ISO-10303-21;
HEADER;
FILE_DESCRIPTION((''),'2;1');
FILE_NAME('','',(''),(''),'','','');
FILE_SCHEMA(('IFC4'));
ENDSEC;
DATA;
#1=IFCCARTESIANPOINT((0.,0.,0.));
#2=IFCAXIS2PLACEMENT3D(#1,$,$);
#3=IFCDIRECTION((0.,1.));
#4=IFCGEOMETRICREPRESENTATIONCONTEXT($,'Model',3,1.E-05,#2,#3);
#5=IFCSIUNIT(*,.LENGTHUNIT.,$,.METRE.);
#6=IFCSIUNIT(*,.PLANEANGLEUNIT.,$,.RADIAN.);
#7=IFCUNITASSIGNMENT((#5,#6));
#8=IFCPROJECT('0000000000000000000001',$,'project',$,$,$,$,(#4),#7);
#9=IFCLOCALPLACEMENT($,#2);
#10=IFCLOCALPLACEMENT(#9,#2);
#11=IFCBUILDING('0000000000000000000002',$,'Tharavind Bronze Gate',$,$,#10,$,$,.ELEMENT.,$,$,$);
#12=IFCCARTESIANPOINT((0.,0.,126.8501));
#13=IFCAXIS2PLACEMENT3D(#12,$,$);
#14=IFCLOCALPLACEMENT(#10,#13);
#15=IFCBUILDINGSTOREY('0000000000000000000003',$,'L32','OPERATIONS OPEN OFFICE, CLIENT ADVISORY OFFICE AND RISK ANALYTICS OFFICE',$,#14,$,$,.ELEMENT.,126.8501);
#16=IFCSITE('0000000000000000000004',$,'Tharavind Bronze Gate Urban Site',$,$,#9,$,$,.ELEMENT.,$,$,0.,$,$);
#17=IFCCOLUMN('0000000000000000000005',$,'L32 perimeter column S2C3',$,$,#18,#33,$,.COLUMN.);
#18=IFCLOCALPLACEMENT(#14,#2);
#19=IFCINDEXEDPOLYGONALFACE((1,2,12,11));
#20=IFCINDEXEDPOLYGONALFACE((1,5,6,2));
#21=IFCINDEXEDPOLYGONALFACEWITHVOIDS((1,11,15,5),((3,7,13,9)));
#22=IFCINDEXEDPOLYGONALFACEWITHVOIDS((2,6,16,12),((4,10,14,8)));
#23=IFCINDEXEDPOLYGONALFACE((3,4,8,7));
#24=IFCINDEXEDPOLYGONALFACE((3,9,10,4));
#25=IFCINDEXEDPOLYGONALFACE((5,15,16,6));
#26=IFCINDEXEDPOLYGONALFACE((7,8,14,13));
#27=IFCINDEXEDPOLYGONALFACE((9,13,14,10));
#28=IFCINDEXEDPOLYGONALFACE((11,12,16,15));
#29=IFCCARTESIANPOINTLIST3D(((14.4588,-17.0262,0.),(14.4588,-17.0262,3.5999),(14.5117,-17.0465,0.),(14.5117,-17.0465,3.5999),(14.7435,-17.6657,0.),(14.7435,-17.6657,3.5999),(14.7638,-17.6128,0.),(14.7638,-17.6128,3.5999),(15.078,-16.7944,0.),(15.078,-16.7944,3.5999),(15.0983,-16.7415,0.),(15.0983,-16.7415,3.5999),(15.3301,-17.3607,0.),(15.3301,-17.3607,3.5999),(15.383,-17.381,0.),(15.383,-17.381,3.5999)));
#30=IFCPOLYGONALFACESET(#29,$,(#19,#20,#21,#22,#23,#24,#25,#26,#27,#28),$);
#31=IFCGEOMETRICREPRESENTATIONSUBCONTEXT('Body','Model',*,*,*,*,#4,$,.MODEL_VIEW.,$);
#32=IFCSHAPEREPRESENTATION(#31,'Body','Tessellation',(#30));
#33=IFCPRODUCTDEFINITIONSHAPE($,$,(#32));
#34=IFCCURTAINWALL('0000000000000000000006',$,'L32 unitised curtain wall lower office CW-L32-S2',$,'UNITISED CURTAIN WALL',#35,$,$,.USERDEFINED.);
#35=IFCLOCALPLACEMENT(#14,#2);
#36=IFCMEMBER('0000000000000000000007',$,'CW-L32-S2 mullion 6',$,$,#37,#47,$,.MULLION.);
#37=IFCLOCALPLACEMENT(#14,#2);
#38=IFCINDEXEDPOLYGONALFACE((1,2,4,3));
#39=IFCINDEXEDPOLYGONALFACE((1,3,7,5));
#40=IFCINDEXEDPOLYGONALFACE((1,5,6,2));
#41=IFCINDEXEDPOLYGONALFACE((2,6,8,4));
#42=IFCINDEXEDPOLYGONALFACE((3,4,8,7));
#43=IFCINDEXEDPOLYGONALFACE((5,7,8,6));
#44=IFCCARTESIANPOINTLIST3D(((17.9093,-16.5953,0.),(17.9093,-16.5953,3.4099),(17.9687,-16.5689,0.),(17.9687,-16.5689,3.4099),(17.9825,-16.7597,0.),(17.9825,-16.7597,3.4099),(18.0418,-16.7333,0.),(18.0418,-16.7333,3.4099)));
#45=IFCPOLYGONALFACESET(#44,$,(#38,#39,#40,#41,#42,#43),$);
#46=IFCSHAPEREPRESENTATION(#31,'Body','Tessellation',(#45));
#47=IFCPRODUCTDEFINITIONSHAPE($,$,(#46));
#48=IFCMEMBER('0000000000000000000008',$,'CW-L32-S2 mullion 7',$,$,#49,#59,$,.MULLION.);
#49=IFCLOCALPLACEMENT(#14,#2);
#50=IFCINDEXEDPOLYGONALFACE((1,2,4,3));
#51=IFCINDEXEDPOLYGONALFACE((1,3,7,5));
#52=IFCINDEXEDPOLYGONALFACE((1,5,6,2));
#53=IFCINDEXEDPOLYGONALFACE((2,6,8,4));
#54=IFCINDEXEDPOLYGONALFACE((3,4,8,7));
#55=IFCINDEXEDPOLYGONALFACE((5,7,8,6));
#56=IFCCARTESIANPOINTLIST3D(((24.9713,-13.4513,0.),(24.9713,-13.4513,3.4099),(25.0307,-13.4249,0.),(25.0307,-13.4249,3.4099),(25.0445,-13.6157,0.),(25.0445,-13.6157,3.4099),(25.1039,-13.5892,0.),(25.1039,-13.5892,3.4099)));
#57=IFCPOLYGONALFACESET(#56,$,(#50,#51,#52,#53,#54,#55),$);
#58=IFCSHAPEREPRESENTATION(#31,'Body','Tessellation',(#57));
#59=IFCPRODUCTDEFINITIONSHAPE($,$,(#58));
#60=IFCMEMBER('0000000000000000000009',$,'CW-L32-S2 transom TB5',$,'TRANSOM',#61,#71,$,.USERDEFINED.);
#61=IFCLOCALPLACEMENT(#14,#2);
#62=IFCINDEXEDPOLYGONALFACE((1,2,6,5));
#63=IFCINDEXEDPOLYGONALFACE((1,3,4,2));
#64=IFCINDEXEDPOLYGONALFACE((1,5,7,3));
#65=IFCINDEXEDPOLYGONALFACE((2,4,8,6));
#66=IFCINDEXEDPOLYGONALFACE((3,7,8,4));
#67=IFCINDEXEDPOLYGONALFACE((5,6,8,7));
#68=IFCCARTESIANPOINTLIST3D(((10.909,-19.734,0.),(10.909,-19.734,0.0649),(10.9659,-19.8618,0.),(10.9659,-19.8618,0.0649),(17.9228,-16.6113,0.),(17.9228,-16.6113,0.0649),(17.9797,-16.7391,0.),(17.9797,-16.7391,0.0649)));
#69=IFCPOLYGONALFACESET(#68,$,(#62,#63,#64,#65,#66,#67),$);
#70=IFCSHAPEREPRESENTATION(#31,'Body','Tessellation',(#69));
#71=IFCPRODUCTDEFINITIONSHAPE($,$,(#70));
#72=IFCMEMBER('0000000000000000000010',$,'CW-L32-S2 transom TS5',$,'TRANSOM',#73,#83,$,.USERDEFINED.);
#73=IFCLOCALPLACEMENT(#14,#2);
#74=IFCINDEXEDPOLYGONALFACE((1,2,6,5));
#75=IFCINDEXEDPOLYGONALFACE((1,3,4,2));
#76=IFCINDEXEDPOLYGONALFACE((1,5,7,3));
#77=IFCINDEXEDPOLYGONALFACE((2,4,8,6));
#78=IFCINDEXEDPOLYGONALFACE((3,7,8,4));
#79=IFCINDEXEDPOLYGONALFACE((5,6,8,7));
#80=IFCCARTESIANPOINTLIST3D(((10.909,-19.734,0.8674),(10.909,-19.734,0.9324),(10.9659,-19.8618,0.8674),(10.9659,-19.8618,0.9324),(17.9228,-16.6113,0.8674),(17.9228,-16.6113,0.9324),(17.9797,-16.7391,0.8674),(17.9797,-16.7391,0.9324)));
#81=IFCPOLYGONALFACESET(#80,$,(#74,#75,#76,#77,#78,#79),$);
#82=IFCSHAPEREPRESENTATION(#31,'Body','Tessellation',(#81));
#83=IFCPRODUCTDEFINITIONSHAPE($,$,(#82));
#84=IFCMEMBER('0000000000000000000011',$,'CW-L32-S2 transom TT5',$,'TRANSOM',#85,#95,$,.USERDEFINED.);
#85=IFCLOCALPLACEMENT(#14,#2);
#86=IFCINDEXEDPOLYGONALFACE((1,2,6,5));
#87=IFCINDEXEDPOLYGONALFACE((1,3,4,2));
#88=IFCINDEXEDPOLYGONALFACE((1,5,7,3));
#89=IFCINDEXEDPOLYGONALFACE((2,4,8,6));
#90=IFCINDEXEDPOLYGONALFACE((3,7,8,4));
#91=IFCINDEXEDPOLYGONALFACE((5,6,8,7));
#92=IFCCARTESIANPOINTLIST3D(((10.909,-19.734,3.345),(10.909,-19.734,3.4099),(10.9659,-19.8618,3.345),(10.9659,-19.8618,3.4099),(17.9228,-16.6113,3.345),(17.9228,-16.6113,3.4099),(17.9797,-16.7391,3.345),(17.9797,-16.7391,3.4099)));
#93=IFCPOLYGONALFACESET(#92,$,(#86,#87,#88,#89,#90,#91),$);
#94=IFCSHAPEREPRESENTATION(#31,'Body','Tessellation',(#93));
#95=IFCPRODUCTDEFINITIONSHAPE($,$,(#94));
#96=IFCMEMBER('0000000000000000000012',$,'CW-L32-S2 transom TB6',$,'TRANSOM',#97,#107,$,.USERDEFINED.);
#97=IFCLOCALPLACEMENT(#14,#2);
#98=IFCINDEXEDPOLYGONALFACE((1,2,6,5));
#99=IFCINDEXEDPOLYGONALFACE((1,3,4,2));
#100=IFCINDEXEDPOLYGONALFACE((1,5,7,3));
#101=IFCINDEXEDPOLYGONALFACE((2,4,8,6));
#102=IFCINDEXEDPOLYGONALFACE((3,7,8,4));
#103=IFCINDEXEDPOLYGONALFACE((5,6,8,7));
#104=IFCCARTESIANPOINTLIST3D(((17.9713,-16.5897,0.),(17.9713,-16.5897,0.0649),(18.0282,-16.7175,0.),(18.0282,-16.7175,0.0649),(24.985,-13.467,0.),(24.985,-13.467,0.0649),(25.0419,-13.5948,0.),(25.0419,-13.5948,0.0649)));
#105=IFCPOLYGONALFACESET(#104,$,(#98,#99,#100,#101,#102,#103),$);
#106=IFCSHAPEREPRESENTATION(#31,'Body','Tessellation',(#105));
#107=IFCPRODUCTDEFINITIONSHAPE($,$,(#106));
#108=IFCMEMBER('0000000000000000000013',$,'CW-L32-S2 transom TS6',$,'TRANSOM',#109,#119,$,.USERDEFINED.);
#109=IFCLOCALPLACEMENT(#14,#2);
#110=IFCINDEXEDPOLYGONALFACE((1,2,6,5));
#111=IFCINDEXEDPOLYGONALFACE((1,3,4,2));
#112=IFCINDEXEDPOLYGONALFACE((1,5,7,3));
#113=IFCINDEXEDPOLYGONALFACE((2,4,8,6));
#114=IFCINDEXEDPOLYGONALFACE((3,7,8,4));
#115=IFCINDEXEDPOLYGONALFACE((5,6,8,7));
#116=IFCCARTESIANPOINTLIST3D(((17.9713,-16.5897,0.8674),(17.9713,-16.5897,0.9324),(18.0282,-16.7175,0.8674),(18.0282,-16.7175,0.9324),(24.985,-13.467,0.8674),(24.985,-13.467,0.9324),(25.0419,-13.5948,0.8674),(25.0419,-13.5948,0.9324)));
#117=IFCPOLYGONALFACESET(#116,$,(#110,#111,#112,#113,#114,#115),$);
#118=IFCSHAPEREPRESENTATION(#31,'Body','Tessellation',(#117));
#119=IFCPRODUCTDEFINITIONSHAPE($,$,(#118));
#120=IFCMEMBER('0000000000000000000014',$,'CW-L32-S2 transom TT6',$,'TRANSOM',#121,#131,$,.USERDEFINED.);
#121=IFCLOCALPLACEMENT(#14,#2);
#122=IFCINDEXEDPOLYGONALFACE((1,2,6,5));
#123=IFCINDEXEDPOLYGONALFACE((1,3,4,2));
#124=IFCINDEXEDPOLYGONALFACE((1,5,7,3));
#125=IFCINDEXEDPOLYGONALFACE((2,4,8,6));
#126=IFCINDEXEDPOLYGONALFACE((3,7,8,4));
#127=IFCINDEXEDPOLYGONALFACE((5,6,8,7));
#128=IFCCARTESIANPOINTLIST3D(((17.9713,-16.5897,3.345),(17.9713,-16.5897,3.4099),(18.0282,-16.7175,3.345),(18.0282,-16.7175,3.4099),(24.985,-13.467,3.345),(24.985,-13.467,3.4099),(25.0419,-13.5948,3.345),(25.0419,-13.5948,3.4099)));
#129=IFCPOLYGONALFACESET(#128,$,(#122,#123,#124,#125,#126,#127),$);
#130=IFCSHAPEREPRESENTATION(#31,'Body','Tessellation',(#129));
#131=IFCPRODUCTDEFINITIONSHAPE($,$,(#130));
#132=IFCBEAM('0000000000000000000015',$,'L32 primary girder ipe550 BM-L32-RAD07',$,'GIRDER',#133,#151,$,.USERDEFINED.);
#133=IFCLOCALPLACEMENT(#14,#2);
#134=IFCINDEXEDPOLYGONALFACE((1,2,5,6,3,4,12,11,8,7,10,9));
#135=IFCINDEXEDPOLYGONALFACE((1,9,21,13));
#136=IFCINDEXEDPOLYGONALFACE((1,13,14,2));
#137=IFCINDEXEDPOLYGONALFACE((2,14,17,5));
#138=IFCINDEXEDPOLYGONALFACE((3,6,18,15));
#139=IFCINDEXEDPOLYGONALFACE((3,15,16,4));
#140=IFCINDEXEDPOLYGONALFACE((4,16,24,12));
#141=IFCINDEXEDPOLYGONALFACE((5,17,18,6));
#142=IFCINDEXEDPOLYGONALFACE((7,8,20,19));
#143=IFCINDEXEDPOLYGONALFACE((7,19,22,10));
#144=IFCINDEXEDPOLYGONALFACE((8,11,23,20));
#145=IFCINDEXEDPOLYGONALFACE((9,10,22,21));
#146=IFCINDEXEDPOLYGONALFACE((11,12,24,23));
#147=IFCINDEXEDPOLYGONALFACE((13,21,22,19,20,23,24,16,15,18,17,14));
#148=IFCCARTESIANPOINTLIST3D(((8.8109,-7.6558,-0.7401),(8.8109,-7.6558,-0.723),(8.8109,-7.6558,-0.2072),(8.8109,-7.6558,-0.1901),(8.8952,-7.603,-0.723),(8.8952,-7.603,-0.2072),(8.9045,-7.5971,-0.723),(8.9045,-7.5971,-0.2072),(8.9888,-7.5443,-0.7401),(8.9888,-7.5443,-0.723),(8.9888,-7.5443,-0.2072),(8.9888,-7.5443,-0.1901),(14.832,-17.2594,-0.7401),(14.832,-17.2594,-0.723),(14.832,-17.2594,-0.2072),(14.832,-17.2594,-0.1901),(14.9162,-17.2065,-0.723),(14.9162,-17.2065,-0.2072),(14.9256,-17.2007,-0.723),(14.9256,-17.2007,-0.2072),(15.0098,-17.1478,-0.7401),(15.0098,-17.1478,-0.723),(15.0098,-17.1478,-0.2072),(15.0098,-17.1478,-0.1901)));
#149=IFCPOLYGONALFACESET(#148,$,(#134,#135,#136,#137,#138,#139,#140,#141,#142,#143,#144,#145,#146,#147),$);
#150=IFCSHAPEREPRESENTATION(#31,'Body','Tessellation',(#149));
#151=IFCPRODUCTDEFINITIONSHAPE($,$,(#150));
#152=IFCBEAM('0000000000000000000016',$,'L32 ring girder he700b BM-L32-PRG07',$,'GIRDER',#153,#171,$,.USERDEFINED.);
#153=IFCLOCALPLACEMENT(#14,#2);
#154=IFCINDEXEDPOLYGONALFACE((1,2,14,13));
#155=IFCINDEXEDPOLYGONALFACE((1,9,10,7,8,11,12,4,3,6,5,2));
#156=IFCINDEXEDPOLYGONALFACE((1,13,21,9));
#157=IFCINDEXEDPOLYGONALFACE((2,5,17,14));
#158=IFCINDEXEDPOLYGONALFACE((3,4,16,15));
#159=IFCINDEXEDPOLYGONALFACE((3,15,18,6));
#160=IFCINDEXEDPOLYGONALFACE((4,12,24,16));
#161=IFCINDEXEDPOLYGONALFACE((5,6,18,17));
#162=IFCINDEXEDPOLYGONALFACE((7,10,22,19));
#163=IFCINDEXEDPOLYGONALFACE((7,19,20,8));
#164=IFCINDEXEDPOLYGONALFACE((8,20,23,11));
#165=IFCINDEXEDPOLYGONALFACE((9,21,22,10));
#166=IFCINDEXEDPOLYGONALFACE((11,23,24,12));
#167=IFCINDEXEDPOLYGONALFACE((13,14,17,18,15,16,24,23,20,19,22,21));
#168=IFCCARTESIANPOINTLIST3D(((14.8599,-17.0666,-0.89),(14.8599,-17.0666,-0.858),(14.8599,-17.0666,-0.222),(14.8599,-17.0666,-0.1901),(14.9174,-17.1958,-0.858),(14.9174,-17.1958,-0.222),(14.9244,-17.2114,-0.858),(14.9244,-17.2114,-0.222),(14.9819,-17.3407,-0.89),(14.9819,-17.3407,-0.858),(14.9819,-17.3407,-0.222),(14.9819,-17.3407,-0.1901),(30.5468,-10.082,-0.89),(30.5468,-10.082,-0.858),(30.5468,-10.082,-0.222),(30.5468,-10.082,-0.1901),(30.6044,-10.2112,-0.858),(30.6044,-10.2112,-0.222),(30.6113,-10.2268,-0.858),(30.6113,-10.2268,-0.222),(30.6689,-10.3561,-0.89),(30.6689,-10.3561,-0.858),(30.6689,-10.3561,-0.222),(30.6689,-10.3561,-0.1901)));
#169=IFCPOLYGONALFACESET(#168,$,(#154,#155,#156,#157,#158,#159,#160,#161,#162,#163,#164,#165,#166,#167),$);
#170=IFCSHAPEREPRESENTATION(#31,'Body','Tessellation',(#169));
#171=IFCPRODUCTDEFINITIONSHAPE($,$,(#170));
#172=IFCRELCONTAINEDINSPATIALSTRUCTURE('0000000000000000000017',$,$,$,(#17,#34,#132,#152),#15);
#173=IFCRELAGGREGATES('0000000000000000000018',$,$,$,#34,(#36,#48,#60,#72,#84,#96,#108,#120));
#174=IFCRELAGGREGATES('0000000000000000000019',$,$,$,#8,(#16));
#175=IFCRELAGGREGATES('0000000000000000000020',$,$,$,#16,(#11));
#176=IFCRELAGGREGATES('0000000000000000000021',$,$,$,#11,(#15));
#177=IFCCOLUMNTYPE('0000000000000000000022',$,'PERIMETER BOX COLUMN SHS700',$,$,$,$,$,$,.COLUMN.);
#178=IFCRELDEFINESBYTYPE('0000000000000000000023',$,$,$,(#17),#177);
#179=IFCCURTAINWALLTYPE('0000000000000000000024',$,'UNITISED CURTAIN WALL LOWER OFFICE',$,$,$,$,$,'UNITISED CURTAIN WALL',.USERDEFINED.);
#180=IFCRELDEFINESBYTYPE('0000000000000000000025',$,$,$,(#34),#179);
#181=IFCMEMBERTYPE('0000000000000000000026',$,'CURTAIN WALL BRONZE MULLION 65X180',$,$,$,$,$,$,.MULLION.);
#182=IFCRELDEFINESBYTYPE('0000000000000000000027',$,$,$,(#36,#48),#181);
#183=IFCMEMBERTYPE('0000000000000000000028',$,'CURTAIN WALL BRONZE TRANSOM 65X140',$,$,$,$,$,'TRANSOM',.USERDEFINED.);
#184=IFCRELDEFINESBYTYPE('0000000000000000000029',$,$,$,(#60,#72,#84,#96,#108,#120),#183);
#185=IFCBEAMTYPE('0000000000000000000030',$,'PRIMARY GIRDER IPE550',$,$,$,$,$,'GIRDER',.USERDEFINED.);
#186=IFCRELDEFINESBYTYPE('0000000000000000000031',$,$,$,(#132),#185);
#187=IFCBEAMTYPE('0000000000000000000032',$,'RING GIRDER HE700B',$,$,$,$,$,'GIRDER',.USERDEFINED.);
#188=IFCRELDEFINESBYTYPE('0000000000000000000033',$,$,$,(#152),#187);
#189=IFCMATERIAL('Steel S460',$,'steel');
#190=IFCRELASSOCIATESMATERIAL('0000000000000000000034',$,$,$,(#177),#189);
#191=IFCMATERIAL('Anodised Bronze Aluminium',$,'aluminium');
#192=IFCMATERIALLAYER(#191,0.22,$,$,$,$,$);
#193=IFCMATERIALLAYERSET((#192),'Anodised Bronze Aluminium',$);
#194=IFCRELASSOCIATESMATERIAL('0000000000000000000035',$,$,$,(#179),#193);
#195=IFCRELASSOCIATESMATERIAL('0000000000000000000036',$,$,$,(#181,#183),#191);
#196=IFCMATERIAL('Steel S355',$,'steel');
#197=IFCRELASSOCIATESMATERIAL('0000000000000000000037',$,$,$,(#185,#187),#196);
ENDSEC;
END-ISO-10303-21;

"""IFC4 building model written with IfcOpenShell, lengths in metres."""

from ifc_helpers import new_model, si_unit, direction, frame, origin, origin_2d, place, context, subcontext, project, spatial, rectangle, hollow_rectangle, i_section, extrude, material, layer, layer_set, material_profile, profile_set, type_object, element, aggregate, save


model = new_model("IFC4")

# Units and contexts
model_context = context("Model", 3, precision=1e-05, world=origin(), true_north=direction((0.0, 1.0)))
body_context = subcontext(model_context, "Body", "Model", "MODEL_VIEW")
ifc_project = project(units=[si_unit("LENGTHUNIT", "METRE"), si_unit("PLANEANGLEUNIT", "RADIAN")], contexts=[model_context])

# Site, building, storey
site_placement = place(None, origin())
site = spatial("IfcSite", under=ifc_project, at=site_placement, Name="Tharavind Bronze Gate Urban Site", CompositionType="ELEMENT", RefElevation=0.0)
building_placement = place(site_placement, origin())
building = spatial("IfcBuilding", under=site, at=building_placement, Name="Tharavind Bronze Gate", CompositionType="ELEMENT")
storey_placement = place(building_placement, frame((0.0, 0.0, 126.8501)))
storey = spatial("IfcBuildingStorey", under=building, at=storey_placement, Name="L32", Description="OPERATIONS OPEN OFFICE, CLIENT ADVISORY OFFICE AND RISK ANALYTICS OFFICE", CompositionType="ELEMENT", Elevation=126.8501)

# Column
ifc_material_1 = material(Name="Steel S460", Category="steel")
ifc_material_profile_1 = material_profile(ifc_material_1, hollow_rectangle(XDim=0.7, YDim=0.7, WallThickness=0.04, at=origin_2d()), Name="SHS700X40")
ifc_profile_set_1 = profile_set([ifc_material_profile_1], Name="Steel S460")
column_type = type_object("IfcColumnType", Name="PERIMETER BOX COLUMN SHS700", PredefinedType="COLUMN", material=ifc_profile_set_1)
column_placement = place(storey_placement, frame((14.9209, -17.2036, 0.0), z_axis=(0.0, 0.0, 1.0), x_axis=(0.913545, 0.406737, 0.0)))
element("IfcColumn", 1, at=column_placement, inside=storey, type_object=column_type, Name="L32 perimeter column S2C3", PredefinedType="COLUMN", context=body_context, shape_type="SweptSolid", body=[
    extrude(hollow_rectangle(XDim=0.7, YDim=0.7, WallThickness=0.04, at=origin_2d()), origin(), (0.0, 0.0, 1.0), 3.5999),
])

# Curtain wall, members
ifc_material_2 = material(Name="Anodised Bronze Aluminium", Category="aluminium")
ifc_layer_1 = layer(ifc_material_2, 0.22)
ifc_layer_set_1 = layer_set([ifc_layer_1], Name="Anodised Bronze Aluminium")
curtain_wall_type = type_object("IfcCurtainWallType", Name="UNITISED CURTAIN WALL LOWER OFFICE", ElementType="UNITISED CURTAIN WALL", PredefinedType="USERDEFINED", material=ifc_layer_set_1)
curtain_wall_placement = place(storey_placement, origin())
curtain_wall = element("IfcCurtainWall", 2, at=curtain_wall_placement, inside=storey, type_object=curtain_wall_type, Name="L32 unitised curtain wall lower office CW-L32-S2", ObjectType="UNITISED CURTAIN WALL", PredefinedType="USERDEFINED")
member_type_1 = type_object("IfcMemberType", Name="CURTAIN WALL BRONZE MULLION 65X180", PredefinedType="MULLION", material=ifc_material_2)
member_1_placement = place(storey_placement, frame((17.9756, -16.6643, 0.0), z_axis=(0.0, 0.0, 1.0), x_axis=(0.913545, 0.406737, 0.0)))
member_1 = element("IfcMember", 3, at=member_1_placement, type_object=member_type_1, Name="CW-L32-S2 mullion 6", PredefinedType="MULLION", context=body_context, shape_type="SweptSolid", body=[
    extrude(rectangle(XDim=0.0649, YDim=0.1799, at=origin_2d()), origin(), (0.0, 0.0, 1.0), 3.4099),
])
member_2_placement = place(storey_placement, frame((25.0376, -13.5203, 0.0), z_axis=(0.0, 0.0, 1.0), x_axis=(0.913545, 0.406737, 0.0)))
member_2 = element("IfcMember", 4, at=member_2_placement, type_object=member_type_1, Name="CW-L32-S2 mullion 7", PredefinedType="MULLION", context=body_context, shape_type="SweptSolid", body=[
    extrude(rectangle(XDim=0.0649, YDim=0.1799, at=origin_2d()), origin(), (0.0, 0.0, 1.0), 3.4099),
])
member_type_2 = type_object("IfcMemberType", Name="CURTAIN WALL BRONZE TRANSOM 65X140", ElementType="TRANSOM", PredefinedType="USERDEFINED", material=ifc_material_2)
member_3_placement = place(storey_placement, frame((14.4443, -18.2366, 0.0), z_axis=(0.0, 0.0, 1.0), x_axis=(0.913545, 0.406737, 0.0)))
member_3 = element("IfcMember", 5, at=member_3_placement, type_object=member_type_2, Name="CW-L32-S2 transom TB5", ObjectType="TRANSOM", PredefinedType="USERDEFINED", context=body_context, shape_type="SweptSolid", body=[
    extrude(rectangle(XDim=7.6775, YDim=0.1399, at=origin_2d()), origin(), (0.0, 0.0, 1.0), 0.0649),
])
member_4_placement = place(storey_placement, frame((14.4443, -18.2366, 0.8674), z_axis=(0.0, 0.0, 1.0), x_axis=(0.913545, 0.406737, 0.0)))
member_4 = element("IfcMember", 6, at=member_4_placement, type_object=member_type_2, Name="CW-L32-S2 transom TS5", ObjectType="TRANSOM", PredefinedType="USERDEFINED", context=body_context, shape_type="SweptSolid", body=[
    extrude(rectangle(XDim=7.6775, YDim=0.1399, at=origin_2d()), origin(), (0.0, 0.0, 1.0), 0.0649),
])
member_5_placement = place(storey_placement, frame((14.4443, -18.2366, 3.345), z_axis=(0.0, 0.0, 1.0), x_axis=(0.913545, 0.406737, 0.0)))
member_5 = element("IfcMember", 7, at=member_5_placement, type_object=member_type_2, Name="CW-L32-S2 transom TT5", ObjectType="TRANSOM", PredefinedType="USERDEFINED", context=body_context, shape_type="SweptSolid", body=[
    extrude(rectangle(XDim=7.6775, YDim=0.1399, at=origin_2d()), origin(), (0.0, 0.0, 1.0), 0.0649),
])
member_6_placement = place(storey_placement, frame((21.5066, -15.0923, 0.0), z_axis=(0.0, 0.0, 1.0), x_axis=(0.913545, 0.406737, 0.0)))
member_6 = element("IfcMember", 8, at=member_6_placement, type_object=member_type_2, Name="CW-L32-S2 transom TB6", ObjectType="TRANSOM", PredefinedType="USERDEFINED", context=body_context, shape_type="SweptSolid", body=[
    extrude(rectangle(XDim=7.6775, YDim=0.1399, at=origin_2d()), origin(), (0.0, 0.0, 1.0), 0.0649),
])
member_7_placement = place(storey_placement, frame((21.5066, -15.0923, 0.8674), z_axis=(0.0, 0.0, 1.0), x_axis=(0.913545, 0.406737, 0.0)))
member_7 = element("IfcMember", 9, at=member_7_placement, type_object=member_type_2, Name="CW-L32-S2 transom TS6", ObjectType="TRANSOM", PredefinedType="USERDEFINED", context=body_context, shape_type="SweptSolid", body=[
    extrude(rectangle(XDim=7.6775, YDim=0.1399, at=origin_2d()), origin(), (0.0, 0.0, 1.0), 0.0649),
])
member_8_placement = place(storey_placement, frame((21.5066, -15.0923, 3.345), z_axis=(0.0, 0.0, 1.0), x_axis=(0.913545, 0.406737, 0.0)))
member_8 = element("IfcMember", 10, at=member_8_placement, type_object=member_type_2, Name="CW-L32-S2 transom TT6", ObjectType="TRANSOM", PredefinedType="USERDEFINED", context=body_context, shape_type="SweptSolid", body=[
    extrude(rectangle(XDim=7.6775, YDim=0.1399, at=origin_2d()), origin(), (0.0, 0.0, 1.0), 0.0649),
])

# Beams
ifc_material_3 = material(Name="Steel S355", Category="steel")
ifc_material_profile_2 = material_profile(ifc_material_3, i_section(OverallWidth=0.21, OverallDepth=0.55, WebThickness=0.011, FlangeThickness=0.0171, at=origin_2d()), Name="IPE550")
ifc_profile_set_2 = profile_set([ifc_material_profile_2], Name="Steel S355")
beam_type_1 = type_object("IfcBeamType", Name="PRIMARY GIRDER IPE550", ElementType="GIRDER", PredefinedType="USERDEFINED", material=ifc_profile_set_2)
beam_1_placement = place(storey_placement, frame((14.9209, -17.2036, -0.4651), z_axis=(-0.531191, 0.847252, 0.0), x_axis=(-0.847252, -0.531191, 0.0)))
element("IfcBeam", 11, at=beam_1_placement, inside=storey, type_object=beam_type_1, Name="L32 primary girder ipe550 BM-L32-RAD07", ObjectType="GIRDER", PredefinedType="USERDEFINED", context=body_context, shape_type="SweptSolid", body=[
    extrude(i_section(OverallWidth=0.21, OverallDepth=0.55, WebThickness=0.011, FlangeThickness=0.0171, at=origin_2d()), origin(), (0.0, 0.0, 1.0), 11.335),
])
ifc_material_profile_3 = material_profile(ifc_material_3, i_section(OverallWidth=0.3, OverallDepth=0.7, WebThickness=0.0171, FlangeThickness=0.032, at=origin_2d()), Name="HE700B")
ifc_profile_set_3 = profile_set([ifc_material_profile_3], Name="Steel S355")
beam_type_2 = type_object("IfcBeamType", Name="RING GIRDER HE700B", ElementType="GIRDER", PredefinedType="USERDEFINED", material=ifc_profile_set_3)
beam_2_placement = place(storey_placement, frame((14.9209, -17.2036, -0.54), z_axis=(0.913539, 0.406752, 0.0), x_axis=(-0.406752, 0.913539, 0.0)))
element("IfcBeam", 12, at=beam_2_placement, inside=storey, type_object=beam_type_2, Name="L32 ring girder he700b BM-L32-PRG07", ObjectType="GIRDER", PredefinedType="USERDEFINED", context=body_context, shape_type="SweptSolid", body=[
    extrude(i_section(OverallWidth=0.3, OverallDepth=0.7, WebThickness=0.0171, FlangeThickness=0.032, at=origin_2d()), origin(), (0.0, 0.0, 1.0), 17.1716),
])

aggregate(curtain_wall, [member_1, member_2, member_3, member_4, member_5, member_6, member_7, member_8])

save(model, "model.ifc")
